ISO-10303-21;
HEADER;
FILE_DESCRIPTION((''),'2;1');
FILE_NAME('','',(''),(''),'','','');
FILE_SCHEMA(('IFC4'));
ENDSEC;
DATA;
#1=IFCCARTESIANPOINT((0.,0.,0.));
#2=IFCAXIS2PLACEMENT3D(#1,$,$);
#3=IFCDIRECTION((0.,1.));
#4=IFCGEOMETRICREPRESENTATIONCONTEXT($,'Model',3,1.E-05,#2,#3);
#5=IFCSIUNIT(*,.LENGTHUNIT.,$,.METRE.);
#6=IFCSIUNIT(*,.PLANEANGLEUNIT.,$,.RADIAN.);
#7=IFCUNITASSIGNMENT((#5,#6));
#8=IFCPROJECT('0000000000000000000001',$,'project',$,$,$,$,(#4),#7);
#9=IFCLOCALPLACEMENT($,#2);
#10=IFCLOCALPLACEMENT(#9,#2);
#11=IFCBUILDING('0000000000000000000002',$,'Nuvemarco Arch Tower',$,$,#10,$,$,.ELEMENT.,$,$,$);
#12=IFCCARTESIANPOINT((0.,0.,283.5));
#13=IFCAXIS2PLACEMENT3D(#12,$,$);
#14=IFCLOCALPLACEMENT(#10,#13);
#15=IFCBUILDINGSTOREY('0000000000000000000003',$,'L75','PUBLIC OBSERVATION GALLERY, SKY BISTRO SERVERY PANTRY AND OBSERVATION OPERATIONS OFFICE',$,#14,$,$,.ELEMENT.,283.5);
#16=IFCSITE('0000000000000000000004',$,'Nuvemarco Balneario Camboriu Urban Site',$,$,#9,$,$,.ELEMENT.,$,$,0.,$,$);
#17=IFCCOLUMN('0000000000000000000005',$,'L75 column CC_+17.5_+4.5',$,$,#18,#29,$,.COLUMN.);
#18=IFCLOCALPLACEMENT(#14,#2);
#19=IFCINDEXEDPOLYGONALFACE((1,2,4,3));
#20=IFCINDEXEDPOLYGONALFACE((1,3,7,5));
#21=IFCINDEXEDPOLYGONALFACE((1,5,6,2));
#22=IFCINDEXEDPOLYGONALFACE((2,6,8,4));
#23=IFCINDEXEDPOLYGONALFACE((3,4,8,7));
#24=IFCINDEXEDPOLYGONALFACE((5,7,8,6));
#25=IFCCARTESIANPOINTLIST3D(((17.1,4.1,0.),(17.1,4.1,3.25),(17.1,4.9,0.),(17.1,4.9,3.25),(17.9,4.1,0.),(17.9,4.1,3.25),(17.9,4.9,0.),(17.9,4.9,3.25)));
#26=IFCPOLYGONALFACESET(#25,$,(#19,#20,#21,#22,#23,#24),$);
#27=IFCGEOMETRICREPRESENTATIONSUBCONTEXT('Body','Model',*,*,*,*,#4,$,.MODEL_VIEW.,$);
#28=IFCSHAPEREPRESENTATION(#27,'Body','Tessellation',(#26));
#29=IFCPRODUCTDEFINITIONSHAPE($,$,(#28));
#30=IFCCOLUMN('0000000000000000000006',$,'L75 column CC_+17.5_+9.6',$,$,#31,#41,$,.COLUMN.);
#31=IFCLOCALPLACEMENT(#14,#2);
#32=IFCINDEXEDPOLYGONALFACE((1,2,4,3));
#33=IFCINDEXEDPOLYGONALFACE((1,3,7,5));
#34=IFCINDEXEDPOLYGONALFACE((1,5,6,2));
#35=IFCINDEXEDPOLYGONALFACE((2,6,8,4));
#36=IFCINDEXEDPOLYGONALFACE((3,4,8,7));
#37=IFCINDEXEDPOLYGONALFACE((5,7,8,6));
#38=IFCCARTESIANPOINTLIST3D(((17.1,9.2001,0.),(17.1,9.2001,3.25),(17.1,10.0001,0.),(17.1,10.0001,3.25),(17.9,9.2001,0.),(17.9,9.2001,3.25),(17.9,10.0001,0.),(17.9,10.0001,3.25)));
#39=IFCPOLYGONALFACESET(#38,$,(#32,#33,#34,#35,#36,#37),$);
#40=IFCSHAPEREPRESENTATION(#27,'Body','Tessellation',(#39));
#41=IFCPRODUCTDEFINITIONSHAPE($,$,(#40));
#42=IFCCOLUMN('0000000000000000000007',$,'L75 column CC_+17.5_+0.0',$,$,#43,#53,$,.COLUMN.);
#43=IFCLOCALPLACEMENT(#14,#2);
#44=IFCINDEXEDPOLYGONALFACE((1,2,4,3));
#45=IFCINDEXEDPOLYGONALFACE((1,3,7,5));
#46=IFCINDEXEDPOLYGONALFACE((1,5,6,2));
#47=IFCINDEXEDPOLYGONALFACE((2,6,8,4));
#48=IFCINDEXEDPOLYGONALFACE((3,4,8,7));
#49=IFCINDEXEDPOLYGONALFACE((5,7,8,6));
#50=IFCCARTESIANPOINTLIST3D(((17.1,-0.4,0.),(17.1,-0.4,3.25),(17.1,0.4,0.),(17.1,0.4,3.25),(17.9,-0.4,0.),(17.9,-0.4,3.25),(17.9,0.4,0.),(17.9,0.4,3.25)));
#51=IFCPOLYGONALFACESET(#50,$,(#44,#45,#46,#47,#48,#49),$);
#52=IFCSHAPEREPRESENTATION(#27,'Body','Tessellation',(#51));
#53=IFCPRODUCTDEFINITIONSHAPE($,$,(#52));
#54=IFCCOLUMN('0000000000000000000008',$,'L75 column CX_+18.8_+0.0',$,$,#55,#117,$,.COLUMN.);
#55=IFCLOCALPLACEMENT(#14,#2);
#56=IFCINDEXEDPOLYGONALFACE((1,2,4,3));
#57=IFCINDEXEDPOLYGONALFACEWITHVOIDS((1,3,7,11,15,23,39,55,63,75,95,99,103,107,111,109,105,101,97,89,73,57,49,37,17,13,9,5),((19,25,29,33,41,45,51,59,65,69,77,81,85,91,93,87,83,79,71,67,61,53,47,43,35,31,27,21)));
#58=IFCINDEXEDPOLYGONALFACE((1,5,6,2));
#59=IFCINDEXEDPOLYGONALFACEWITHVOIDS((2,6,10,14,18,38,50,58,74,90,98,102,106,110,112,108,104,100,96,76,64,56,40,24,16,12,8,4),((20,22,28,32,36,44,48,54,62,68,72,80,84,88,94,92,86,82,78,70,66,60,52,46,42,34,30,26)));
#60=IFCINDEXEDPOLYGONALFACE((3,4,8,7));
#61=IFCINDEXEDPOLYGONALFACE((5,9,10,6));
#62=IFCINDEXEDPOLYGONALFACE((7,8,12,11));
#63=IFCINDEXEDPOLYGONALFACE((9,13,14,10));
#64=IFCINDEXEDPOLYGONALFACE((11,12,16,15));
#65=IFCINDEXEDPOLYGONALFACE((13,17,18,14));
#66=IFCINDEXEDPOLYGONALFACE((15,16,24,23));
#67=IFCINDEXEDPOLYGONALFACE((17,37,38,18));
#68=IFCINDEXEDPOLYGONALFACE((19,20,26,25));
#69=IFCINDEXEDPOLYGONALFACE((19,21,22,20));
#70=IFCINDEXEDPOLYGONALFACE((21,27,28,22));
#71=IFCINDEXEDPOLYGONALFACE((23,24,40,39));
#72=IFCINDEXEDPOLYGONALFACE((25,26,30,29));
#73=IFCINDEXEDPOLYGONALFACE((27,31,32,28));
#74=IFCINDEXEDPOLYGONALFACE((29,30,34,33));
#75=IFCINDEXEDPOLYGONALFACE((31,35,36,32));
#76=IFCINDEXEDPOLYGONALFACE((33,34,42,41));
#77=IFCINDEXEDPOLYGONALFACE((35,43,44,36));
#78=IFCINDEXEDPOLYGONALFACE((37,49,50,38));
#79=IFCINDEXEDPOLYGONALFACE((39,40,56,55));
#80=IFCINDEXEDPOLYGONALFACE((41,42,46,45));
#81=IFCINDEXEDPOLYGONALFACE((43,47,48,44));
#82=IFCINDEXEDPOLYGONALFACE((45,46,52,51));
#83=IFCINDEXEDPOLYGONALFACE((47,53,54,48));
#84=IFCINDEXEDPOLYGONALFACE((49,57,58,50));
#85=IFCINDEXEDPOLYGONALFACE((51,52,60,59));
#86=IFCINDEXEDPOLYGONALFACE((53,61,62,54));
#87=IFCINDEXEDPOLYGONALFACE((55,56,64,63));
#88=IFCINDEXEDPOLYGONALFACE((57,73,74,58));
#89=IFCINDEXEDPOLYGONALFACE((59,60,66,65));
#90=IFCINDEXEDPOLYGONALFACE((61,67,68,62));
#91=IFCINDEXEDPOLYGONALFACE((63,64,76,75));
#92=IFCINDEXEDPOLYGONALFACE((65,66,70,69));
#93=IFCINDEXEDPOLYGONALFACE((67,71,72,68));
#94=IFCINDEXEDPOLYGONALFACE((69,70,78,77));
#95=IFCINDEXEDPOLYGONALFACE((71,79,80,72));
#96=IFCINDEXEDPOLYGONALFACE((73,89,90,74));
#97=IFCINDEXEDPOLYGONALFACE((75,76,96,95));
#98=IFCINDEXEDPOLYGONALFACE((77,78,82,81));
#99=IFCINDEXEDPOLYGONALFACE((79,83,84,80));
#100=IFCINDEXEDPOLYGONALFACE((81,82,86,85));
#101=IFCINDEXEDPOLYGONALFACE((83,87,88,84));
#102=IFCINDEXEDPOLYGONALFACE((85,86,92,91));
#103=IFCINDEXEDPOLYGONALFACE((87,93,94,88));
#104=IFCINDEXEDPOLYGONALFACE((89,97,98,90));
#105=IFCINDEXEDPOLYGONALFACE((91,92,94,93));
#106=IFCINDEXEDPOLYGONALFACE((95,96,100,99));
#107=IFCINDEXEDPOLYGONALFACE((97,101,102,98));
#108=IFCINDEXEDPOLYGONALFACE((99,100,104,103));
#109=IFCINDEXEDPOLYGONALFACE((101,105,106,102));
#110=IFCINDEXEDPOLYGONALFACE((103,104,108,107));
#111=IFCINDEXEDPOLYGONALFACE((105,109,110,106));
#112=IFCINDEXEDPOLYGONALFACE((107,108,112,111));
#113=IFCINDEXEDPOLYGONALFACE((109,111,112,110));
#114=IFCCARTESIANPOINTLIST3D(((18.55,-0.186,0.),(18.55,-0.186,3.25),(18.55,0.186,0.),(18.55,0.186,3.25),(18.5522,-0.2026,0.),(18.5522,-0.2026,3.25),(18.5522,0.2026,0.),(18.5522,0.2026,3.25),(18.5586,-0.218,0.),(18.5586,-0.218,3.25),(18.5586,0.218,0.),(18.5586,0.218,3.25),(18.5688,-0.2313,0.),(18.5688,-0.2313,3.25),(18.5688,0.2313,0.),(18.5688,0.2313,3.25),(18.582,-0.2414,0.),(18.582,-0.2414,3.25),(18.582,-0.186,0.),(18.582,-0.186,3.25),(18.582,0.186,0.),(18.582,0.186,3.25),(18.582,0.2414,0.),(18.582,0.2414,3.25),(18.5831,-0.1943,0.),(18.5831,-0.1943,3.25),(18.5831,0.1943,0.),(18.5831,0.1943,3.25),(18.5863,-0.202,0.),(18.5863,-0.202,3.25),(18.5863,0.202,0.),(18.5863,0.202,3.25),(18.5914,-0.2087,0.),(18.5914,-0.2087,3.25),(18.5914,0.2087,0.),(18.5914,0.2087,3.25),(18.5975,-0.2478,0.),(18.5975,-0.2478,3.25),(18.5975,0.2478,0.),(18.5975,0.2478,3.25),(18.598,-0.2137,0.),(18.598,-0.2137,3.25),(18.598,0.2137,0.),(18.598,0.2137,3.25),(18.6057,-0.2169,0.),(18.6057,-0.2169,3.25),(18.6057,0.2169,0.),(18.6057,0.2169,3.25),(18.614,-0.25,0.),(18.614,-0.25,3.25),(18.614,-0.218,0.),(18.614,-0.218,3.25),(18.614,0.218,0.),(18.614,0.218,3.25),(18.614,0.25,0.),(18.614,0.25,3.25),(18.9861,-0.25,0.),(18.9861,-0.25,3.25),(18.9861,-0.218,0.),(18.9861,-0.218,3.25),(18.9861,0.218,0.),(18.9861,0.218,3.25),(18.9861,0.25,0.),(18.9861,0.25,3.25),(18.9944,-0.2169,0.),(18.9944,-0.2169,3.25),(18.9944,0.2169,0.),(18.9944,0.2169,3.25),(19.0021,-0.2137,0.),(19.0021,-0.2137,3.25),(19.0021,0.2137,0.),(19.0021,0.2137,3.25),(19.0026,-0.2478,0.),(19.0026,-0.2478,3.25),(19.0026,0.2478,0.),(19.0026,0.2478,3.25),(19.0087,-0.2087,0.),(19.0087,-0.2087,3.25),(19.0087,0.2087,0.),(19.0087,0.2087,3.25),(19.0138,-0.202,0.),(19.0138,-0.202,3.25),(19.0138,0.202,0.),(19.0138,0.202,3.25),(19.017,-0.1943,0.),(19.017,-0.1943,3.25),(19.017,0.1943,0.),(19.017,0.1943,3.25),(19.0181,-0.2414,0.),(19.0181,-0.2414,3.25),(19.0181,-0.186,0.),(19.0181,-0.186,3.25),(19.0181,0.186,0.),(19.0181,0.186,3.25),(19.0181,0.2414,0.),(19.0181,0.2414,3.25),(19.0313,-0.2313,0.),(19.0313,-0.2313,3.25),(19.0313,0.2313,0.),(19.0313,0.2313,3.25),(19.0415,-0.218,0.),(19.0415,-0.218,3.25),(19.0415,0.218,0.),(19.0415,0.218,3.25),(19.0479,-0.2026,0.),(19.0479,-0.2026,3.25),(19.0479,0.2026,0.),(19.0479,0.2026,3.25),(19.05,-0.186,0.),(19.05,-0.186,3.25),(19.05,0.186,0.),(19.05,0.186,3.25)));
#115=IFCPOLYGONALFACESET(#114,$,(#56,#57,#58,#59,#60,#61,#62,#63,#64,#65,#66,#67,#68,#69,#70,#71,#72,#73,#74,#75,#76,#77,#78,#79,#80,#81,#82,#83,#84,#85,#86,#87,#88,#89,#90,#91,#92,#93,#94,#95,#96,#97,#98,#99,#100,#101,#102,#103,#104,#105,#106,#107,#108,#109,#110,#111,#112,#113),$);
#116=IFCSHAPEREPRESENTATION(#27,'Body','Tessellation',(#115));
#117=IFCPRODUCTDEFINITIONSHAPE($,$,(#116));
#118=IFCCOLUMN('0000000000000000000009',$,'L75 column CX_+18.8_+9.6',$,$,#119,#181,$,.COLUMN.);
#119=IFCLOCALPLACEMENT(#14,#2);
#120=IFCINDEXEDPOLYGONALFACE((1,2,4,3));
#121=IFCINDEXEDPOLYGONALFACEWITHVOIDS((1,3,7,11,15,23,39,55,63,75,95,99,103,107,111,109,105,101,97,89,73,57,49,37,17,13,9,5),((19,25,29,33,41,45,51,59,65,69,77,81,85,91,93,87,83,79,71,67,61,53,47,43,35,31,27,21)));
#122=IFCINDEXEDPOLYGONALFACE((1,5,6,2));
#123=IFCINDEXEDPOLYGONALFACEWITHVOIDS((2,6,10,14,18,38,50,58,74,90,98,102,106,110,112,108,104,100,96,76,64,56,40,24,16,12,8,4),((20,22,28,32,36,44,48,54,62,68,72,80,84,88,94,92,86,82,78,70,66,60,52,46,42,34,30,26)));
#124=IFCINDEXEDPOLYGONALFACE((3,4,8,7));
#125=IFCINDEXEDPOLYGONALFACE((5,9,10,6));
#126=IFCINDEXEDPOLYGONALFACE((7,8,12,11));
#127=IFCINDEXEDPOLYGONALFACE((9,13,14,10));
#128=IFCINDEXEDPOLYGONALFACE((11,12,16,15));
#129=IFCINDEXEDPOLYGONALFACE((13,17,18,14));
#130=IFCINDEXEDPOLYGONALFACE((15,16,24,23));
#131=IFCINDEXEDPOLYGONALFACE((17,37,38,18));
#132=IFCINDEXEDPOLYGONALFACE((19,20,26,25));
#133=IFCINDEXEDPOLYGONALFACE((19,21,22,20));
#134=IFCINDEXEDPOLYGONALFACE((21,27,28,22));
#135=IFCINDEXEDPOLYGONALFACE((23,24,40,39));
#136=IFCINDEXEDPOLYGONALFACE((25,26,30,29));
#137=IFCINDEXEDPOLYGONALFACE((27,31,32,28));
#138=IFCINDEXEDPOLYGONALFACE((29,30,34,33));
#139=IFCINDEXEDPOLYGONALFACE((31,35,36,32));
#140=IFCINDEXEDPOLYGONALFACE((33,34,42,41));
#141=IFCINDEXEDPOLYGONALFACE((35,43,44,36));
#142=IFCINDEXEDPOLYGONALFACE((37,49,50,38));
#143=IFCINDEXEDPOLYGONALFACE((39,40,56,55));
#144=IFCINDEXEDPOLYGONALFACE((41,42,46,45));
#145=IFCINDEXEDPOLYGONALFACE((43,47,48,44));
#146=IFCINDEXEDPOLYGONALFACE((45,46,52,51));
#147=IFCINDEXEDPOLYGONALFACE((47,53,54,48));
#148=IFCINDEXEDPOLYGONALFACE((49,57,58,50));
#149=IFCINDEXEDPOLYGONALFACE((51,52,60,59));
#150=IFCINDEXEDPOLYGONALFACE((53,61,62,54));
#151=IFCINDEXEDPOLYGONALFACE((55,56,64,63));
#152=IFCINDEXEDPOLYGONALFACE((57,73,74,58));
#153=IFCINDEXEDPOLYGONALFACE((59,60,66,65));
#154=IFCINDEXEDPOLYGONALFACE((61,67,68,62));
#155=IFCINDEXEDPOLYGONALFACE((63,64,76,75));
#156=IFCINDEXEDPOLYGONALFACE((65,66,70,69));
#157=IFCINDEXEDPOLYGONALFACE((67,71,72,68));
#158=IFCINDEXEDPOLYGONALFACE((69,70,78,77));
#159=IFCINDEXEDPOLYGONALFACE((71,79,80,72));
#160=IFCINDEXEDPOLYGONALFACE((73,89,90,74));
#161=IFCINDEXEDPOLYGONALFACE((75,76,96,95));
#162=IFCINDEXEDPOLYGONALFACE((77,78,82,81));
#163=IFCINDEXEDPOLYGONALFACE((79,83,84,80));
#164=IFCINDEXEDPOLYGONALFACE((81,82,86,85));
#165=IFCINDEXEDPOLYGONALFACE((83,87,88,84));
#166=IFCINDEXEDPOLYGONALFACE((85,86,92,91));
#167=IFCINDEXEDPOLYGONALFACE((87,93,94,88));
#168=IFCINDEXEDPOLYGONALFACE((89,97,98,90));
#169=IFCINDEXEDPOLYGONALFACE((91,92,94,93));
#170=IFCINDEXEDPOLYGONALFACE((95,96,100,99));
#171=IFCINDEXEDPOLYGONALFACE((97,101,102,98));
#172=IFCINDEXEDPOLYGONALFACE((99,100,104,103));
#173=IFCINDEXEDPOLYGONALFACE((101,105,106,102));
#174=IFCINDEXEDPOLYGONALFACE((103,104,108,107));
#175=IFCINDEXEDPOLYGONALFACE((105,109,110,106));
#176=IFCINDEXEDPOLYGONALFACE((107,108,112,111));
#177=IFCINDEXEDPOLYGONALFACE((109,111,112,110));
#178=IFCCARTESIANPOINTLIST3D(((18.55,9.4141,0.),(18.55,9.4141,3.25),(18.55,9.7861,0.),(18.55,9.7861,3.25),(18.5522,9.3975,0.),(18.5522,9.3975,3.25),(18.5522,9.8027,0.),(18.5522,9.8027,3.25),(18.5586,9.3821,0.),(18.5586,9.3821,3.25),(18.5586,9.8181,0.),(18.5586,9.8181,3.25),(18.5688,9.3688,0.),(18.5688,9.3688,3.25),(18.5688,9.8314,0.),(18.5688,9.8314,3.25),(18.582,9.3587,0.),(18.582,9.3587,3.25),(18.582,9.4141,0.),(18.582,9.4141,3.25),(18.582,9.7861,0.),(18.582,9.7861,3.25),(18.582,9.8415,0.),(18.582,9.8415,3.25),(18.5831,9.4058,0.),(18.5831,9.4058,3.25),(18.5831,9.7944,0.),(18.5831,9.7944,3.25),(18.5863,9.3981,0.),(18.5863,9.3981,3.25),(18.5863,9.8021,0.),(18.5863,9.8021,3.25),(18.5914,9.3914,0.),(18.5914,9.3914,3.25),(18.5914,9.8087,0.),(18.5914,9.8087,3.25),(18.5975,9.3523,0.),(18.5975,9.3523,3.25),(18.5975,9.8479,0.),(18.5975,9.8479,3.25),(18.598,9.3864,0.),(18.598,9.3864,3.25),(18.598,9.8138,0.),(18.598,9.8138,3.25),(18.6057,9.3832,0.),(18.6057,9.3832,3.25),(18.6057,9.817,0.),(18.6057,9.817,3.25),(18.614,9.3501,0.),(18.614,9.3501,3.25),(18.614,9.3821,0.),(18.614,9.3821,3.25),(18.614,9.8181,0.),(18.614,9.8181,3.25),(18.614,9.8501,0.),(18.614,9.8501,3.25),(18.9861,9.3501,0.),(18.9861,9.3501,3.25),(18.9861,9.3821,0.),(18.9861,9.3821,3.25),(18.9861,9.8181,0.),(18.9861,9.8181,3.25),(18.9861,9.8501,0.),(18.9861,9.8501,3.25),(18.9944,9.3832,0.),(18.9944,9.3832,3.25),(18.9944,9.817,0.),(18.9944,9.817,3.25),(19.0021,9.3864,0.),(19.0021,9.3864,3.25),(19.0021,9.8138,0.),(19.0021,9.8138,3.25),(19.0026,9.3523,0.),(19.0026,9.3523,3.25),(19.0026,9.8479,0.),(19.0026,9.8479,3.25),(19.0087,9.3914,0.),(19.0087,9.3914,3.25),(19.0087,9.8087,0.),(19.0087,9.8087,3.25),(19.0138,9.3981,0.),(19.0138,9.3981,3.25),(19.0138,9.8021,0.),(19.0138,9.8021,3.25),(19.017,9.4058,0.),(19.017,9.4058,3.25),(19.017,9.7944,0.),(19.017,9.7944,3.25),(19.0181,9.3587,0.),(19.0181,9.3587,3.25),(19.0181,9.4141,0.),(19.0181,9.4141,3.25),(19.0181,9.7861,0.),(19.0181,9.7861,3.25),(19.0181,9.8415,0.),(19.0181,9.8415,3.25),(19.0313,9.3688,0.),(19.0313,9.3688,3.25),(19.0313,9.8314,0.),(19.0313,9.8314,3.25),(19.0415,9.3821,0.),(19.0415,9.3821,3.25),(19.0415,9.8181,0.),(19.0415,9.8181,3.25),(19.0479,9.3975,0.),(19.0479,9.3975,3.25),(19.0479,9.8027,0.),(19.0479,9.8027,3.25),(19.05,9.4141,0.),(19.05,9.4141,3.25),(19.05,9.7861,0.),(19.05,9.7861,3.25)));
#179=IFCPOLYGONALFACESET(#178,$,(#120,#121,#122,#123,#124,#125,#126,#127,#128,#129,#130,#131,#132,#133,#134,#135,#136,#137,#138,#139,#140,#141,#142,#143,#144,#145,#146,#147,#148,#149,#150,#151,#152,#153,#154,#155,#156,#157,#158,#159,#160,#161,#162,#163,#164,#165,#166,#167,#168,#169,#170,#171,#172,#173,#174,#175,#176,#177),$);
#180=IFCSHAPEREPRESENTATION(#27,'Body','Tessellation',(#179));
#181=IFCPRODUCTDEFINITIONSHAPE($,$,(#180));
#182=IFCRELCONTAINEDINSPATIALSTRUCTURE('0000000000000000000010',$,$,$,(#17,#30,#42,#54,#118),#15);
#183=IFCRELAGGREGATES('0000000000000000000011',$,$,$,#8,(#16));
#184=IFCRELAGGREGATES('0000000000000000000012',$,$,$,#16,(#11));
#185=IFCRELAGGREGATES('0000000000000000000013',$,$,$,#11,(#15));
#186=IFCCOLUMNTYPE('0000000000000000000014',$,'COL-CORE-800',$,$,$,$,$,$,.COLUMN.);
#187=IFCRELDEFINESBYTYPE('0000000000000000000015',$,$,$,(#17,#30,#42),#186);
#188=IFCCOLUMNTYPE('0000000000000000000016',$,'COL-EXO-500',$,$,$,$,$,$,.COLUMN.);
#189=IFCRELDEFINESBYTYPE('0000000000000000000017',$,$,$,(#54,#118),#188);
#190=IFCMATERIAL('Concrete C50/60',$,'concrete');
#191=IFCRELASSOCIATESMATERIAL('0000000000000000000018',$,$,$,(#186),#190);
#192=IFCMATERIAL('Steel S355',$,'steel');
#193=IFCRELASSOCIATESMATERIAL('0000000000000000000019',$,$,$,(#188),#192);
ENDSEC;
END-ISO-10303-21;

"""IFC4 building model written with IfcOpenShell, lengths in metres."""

from ifc_helpers import new_model, si_unit, direction, frame, origin, origin_2d, place, context, subcontext, project, spatial, rectangle, hollow_rectangle, extrude, material, material_profile, profile_set, type_object, element, save


model = new_model("IFC4")

# Units and contexts
model_context = context("Model", 3, precision=1e-05, world=origin(), true_north=direction((0.0, 1.0)))
body_context = subcontext(model_context, "Body", "Model", "MODEL_VIEW")
ifc_project = project(units=[si_unit("LENGTHUNIT", "METRE"), si_unit("PLANEANGLEUNIT", "RADIAN")], contexts=[model_context])

# Site, building, storey
site_placement = place(None, origin())
site = spatial("IfcSite", under=ifc_project, at=site_placement, Name="Nuvemarco Balneario Camboriu Urban Site", CompositionType="ELEMENT", RefElevation=0.0)
building_placement = place(site_placement, origin())
building = spatial("IfcBuilding", under=site, at=building_placement, Name="Nuvemarco Arch Tower", CompositionType="ELEMENT")
storey_placement = place(building_placement, frame((0.0, 0.0, 283.5)))
storey = spatial("IfcBuildingStorey", under=building, at=storey_placement, Name="L75", Description="PUBLIC OBSERVATION GALLERY, SKY BISTRO SERVERY PANTRY AND OBSERVATION OPERATIONS OFFICE", CompositionType="ELEMENT", Elevation=283.5)

# Columns
ifc_material_1 = material(Name="Concrete C50/60", Category="concrete")
ifc_material_profile_1 = material_profile(ifc_material_1, rectangle(XDim=0.8, YDim=0.8, at=origin_2d()), Name="RC-COL-800x800")
ifc_profile_set_1 = profile_set([ifc_material_profile_1], Name="Concrete C50/60")
column_type_1 = type_object("IfcColumnType", Name="COL-CORE-800", PredefinedType="COLUMN", material=ifc_profile_set_1)
for number, where, z_axis, x_axis, name in (
    (1, (17.5, 4.5, 0.0), (0.0, 0.0, 1.0), (1.0, 0.0, 0.0), "L75 column CC_+17.5_+4.5"),
    (2, (17.5, 9.6001, 0.0), (0.0, 0.0, 1.0), (1.0, 0.0, 0.0), "L75 column CC_+17.5_+9.6"),
    (3, (17.5, 0.0, 0.0), (0.0, 0.0, 1.0), (1.0, 0.0, 0.0), "L75 column CC_+17.5_+0.0"),
):
    element("IfcColumn", number, at=place(storey_placement, frame(where, z_axis=z_axis, x_axis=x_axis)), inside=storey, type_object=column_type_1, Name=name, PredefinedType="COLUMN", context=body_context, shape_type="SweptSolid", body=[
        extrude(rectangle(XDim=0.8, YDim=0.8, at=origin_2d()), origin(), (0.0, 0.0, 1.0), 3.25),
    ])
ifc_material_2 = material(Name="Steel S355", Category="steel")
ifc_material_profile_2 = material_profile(ifc_material_2, hollow_rectangle(XDim=0.5, YDim=0.5, WallThickness=0.032, InnerFilletRadius=0.032, OuterFilletRadius=0.064, at=origin_2d()), Name="SHS500x500x32")
ifc_profile_set_2 = profile_set([ifc_material_profile_2], Name="Steel S355")
column_type_2 = type_object("IfcColumnType", Name="COL-EXO-500", PredefinedType="COLUMN", material=ifc_profile_set_2)
for number, where, z_axis, x_axis, name in (
    (4, (18.8, 0.0, 0.0), (0.0, 0.0, 1.0), (1.0, 0.0, 0.0), "L75 column CX_+18.8_+0.0"),
    (5, (18.8, 9.6001, 0.0), (0.0, 0.0, 1.0), (1.0, 0.0, 0.0), "L75 column CX_+18.8_+9.6"),
):
    element("IfcColumn", number, at=place(storey_placement, frame(where, z_axis=z_axis, x_axis=x_axis)), inside=storey, type_object=column_type_2, Name=name, PredefinedType="COLUMN", context=body_context, shape_type="SweptSolid", body=[
        extrude(hollow_rectangle(XDim=0.5, YDim=0.5, WallThickness=0.032, InnerFilletRadius=0.032, OuterFilletRadius=0.064, at=origin_2d()), origin(), (0.0, 0.0, 1.0), 3.25),
    ])

save(model, "model.ifc")
